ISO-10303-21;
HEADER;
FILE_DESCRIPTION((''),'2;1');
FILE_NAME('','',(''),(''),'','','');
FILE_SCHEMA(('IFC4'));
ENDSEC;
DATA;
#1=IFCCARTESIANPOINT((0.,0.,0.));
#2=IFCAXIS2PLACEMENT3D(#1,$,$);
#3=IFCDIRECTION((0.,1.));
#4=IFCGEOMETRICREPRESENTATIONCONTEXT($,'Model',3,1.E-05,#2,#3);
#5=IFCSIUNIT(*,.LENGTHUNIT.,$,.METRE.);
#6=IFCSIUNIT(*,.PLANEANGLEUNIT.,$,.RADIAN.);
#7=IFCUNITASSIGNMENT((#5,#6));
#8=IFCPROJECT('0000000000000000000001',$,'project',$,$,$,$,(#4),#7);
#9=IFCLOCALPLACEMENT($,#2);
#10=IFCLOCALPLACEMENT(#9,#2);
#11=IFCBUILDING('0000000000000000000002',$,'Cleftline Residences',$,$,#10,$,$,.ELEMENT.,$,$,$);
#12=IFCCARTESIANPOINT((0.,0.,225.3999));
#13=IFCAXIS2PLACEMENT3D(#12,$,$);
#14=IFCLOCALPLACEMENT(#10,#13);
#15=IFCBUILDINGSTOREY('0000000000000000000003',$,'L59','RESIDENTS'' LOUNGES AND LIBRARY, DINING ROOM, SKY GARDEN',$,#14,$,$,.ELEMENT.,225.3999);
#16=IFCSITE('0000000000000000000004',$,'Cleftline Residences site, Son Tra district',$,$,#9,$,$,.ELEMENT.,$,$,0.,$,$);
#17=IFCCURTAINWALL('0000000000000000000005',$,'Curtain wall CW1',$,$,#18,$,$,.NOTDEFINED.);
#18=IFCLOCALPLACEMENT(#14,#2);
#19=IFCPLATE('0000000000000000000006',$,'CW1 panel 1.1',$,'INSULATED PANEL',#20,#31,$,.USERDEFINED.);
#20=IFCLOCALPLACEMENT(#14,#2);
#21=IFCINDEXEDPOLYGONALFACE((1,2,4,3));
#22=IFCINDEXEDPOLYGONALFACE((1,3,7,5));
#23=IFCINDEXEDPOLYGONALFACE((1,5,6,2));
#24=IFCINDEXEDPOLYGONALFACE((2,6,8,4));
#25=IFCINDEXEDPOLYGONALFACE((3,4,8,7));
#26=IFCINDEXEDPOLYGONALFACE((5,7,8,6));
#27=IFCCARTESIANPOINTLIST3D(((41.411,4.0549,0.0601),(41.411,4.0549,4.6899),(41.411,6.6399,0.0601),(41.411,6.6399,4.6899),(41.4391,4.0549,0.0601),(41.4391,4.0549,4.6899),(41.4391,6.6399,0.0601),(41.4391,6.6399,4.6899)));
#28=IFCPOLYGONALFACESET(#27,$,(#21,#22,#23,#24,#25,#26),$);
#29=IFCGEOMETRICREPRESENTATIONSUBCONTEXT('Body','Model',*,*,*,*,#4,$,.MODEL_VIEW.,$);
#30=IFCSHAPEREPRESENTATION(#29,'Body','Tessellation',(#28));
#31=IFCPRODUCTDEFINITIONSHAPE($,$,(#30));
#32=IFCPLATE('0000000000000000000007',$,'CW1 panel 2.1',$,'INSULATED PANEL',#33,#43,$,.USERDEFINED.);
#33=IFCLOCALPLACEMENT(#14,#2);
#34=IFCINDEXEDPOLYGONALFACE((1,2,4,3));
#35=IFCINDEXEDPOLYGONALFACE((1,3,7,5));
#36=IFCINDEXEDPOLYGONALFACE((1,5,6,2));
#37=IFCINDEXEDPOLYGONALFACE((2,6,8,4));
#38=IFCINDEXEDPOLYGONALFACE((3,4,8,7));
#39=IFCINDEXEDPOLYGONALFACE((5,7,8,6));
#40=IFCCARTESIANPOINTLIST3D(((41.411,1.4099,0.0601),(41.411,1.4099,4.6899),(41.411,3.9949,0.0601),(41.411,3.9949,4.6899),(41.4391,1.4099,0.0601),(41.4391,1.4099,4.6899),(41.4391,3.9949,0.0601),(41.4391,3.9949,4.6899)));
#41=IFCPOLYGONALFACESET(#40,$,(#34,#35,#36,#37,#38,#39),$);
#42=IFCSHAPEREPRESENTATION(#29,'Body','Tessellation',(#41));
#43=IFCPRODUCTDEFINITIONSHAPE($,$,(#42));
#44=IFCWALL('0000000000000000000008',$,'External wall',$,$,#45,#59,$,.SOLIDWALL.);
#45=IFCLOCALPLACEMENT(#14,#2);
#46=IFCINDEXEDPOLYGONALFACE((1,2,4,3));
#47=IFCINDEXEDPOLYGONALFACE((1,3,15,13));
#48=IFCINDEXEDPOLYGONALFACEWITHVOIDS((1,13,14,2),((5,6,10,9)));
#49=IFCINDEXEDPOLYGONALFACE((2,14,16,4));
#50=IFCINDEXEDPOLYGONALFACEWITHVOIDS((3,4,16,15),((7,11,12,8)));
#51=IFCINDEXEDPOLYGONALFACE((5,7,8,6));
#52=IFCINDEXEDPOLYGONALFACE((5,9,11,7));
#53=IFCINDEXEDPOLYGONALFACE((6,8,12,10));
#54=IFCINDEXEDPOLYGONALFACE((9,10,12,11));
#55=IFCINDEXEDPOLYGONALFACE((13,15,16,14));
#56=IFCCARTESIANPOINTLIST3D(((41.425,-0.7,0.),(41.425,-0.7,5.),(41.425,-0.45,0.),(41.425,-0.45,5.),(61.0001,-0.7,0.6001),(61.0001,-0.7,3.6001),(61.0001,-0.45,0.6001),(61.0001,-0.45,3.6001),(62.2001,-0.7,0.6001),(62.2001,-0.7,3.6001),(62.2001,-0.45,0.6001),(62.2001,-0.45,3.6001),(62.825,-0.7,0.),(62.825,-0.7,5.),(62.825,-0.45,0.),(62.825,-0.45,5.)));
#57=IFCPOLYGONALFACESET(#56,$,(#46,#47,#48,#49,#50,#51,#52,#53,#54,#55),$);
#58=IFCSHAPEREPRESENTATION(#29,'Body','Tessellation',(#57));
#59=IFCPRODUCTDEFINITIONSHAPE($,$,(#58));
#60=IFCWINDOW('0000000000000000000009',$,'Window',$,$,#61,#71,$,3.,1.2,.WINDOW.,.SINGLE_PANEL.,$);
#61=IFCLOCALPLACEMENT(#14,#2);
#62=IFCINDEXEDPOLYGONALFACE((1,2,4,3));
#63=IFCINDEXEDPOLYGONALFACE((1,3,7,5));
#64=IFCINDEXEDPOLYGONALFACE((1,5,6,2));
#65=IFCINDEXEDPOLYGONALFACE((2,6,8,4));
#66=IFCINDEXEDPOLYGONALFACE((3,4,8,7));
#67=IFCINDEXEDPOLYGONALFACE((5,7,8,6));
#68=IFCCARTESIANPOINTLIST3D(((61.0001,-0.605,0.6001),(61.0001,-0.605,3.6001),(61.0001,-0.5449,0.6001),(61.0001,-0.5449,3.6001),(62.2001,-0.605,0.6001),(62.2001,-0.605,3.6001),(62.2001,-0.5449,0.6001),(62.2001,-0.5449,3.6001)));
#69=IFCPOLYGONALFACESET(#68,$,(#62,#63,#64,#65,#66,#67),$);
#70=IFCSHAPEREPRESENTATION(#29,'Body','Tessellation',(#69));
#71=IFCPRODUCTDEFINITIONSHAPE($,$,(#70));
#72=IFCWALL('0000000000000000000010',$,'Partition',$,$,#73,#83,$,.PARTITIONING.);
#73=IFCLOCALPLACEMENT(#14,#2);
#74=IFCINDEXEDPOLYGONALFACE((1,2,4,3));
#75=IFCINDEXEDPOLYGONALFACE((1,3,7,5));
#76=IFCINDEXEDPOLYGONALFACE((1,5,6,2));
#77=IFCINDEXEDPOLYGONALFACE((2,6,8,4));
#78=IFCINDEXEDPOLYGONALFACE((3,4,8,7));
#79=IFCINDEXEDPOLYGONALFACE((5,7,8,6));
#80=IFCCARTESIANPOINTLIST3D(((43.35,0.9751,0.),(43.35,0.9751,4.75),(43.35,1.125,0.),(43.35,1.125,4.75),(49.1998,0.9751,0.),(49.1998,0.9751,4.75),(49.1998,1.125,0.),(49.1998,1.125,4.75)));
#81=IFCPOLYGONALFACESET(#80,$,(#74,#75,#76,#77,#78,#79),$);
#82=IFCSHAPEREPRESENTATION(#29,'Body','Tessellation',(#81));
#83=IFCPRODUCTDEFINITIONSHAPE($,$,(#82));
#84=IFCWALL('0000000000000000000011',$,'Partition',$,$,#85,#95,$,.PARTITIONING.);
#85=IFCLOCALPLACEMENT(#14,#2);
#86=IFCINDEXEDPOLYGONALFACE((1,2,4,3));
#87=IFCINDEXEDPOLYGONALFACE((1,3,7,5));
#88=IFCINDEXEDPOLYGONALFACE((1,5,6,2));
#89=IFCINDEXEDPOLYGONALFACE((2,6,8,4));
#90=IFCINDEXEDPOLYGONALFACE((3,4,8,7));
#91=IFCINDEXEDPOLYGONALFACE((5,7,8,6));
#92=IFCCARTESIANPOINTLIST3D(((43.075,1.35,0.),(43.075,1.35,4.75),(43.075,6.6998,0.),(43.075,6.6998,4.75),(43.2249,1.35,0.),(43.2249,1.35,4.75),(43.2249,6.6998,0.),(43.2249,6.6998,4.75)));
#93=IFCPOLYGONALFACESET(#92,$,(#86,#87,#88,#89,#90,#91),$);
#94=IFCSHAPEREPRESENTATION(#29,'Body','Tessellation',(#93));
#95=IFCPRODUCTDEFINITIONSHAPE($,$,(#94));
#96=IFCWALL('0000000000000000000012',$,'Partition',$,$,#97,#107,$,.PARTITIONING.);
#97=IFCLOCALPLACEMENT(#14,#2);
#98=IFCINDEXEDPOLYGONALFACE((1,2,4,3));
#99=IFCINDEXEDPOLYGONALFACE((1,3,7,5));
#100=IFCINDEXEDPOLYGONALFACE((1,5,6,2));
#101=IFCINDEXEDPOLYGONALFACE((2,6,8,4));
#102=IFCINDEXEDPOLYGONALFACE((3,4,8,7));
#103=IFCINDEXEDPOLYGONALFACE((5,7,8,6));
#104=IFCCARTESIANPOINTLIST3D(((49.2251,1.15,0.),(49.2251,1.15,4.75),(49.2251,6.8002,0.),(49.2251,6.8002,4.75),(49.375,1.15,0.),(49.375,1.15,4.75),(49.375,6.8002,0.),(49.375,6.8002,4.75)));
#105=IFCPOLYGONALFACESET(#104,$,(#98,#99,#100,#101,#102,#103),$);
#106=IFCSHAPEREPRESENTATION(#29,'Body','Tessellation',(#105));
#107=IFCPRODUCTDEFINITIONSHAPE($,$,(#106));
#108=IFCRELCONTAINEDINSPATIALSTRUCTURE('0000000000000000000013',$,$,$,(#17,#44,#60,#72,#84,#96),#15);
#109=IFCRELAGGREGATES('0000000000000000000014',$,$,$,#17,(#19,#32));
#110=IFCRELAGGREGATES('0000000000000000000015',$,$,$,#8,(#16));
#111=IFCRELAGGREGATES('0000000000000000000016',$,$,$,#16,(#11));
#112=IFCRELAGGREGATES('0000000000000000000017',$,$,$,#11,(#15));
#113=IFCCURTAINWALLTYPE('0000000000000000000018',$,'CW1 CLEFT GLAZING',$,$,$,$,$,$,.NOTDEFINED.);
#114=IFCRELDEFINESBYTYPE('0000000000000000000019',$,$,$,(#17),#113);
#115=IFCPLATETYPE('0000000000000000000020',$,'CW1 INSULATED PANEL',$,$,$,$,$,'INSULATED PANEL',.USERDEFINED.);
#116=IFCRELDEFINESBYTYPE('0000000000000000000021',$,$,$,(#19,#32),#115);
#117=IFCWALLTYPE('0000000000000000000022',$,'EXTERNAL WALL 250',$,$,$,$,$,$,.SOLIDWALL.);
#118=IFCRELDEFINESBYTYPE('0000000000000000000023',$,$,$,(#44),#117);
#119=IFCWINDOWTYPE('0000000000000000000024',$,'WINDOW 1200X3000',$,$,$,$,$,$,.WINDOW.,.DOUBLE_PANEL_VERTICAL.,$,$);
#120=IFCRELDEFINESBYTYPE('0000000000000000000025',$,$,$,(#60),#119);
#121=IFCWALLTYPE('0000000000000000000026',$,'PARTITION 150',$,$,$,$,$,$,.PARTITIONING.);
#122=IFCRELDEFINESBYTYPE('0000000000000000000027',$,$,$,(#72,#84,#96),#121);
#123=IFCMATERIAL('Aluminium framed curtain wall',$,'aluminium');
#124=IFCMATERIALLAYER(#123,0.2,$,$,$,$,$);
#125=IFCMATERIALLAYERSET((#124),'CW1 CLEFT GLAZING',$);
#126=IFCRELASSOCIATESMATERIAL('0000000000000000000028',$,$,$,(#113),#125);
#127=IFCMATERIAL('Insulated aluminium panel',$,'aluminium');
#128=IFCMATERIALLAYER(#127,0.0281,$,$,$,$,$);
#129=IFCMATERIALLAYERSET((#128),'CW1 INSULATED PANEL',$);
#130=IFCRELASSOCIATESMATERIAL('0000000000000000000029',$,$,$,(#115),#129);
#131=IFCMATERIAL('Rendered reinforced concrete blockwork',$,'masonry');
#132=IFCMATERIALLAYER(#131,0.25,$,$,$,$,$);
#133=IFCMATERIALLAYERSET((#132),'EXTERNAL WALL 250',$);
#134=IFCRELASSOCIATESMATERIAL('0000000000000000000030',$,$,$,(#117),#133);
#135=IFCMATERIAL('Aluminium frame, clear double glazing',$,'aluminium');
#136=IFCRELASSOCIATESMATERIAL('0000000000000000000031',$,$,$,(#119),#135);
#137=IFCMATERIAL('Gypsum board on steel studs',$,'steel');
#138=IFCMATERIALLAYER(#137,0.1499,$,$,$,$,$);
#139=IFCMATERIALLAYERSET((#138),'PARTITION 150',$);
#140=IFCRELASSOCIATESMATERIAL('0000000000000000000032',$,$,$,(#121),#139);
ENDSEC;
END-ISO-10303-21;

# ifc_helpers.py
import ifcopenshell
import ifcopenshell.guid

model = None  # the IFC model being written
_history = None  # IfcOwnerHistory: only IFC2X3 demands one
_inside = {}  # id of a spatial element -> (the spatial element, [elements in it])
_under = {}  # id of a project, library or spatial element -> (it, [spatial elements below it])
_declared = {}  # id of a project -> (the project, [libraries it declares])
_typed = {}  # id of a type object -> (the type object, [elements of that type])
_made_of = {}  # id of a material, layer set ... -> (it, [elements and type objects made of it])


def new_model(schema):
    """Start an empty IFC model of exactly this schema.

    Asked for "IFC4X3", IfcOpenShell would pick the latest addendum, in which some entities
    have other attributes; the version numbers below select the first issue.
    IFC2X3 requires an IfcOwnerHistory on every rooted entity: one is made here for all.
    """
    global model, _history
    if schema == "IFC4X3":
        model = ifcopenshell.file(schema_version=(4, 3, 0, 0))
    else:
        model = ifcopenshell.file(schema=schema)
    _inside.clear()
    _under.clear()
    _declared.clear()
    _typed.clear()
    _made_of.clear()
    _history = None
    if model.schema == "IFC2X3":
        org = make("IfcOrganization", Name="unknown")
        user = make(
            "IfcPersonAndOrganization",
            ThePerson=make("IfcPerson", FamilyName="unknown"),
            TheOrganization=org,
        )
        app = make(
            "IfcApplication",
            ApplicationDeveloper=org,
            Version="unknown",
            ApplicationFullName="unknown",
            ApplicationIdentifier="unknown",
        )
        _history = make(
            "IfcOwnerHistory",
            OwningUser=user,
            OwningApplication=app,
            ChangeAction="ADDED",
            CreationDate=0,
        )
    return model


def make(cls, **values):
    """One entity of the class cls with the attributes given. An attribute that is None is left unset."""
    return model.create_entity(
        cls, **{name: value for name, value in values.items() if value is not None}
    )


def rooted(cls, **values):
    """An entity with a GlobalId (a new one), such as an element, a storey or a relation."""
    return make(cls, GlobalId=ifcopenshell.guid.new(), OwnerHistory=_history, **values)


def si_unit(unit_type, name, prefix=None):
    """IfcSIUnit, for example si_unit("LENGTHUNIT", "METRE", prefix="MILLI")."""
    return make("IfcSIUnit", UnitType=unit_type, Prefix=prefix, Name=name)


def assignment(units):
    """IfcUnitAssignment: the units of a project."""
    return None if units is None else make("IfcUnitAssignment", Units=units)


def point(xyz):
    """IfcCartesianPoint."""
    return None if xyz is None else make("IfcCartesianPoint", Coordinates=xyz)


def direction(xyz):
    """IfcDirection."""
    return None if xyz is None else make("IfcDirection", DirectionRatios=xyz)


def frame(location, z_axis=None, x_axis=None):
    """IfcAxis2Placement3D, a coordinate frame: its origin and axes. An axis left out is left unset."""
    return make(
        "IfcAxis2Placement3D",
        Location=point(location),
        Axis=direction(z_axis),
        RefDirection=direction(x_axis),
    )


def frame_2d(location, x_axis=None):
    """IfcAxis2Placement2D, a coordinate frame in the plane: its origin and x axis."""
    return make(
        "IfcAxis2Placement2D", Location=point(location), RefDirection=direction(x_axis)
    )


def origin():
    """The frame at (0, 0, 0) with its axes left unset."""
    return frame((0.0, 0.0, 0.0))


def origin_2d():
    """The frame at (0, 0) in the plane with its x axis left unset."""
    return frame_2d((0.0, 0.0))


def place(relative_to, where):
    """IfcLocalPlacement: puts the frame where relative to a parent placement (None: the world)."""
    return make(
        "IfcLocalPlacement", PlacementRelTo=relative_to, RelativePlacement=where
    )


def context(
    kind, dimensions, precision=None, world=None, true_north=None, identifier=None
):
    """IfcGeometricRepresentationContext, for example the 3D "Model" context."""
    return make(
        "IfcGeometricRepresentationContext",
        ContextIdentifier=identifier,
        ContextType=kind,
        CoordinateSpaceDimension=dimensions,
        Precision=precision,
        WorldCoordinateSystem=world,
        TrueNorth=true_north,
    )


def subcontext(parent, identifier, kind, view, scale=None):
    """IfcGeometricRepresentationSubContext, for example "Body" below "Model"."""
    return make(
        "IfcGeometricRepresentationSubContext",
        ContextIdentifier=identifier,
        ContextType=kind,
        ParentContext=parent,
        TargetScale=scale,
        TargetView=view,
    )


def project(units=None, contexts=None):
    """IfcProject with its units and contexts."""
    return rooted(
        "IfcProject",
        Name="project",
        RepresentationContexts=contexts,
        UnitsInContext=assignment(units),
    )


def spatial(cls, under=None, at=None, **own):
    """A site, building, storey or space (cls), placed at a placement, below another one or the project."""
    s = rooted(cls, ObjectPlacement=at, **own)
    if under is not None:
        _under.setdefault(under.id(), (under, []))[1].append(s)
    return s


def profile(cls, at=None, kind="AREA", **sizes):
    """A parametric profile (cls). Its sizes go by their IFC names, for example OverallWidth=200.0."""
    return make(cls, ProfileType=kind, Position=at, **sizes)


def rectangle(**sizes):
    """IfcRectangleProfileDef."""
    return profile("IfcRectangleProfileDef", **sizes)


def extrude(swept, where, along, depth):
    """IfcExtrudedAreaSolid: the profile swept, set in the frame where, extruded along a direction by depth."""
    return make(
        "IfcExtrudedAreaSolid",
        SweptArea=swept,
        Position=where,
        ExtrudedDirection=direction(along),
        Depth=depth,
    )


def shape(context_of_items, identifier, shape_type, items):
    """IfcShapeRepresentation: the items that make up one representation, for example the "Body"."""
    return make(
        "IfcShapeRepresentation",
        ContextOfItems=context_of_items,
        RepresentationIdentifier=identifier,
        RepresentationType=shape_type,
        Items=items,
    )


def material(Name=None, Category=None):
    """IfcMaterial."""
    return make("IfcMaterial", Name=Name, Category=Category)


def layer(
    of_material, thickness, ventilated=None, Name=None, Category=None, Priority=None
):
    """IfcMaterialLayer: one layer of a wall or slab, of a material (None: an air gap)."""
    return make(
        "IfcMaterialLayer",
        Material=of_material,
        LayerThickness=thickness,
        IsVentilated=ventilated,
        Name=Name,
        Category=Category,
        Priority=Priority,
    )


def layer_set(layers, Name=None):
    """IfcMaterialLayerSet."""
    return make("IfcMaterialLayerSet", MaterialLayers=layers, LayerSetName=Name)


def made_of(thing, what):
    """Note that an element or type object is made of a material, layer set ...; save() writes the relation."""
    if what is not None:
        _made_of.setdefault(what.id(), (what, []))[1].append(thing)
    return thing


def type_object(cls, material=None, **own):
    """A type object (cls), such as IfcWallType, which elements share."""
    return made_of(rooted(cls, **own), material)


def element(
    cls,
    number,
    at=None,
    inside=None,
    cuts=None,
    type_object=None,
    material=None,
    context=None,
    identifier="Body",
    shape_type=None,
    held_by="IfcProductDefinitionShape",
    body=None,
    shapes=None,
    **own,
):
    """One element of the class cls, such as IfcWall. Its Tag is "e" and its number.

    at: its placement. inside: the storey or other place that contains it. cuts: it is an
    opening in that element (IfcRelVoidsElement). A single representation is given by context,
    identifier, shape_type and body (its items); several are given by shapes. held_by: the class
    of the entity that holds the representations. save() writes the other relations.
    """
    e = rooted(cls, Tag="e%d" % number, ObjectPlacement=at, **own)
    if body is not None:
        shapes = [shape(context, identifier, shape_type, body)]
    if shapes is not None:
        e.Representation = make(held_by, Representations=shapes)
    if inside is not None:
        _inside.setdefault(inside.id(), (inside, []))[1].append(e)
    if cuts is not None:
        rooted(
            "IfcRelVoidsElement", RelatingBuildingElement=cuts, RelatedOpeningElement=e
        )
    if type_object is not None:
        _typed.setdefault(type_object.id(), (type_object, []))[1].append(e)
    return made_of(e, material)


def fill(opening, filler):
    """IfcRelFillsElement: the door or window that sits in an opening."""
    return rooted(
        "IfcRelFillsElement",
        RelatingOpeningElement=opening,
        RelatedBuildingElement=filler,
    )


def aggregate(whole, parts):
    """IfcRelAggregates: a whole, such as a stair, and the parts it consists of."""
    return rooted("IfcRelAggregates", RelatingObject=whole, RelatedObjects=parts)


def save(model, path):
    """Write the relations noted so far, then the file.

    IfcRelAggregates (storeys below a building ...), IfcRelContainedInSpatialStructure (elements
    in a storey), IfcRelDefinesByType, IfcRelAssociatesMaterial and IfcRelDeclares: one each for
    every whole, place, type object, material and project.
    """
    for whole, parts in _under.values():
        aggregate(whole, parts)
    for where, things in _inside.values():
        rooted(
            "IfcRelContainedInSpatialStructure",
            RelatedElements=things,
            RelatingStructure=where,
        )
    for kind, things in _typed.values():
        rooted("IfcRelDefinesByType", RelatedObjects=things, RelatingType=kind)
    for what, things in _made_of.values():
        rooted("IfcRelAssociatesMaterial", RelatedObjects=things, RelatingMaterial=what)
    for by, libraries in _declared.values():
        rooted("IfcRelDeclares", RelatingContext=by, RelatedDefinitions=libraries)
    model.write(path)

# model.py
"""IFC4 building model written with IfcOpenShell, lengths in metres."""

from ifc_helpers import new_model, si_unit, direction, frame, frame_2d, origin, origin_2d, place, context, subcontext, project, spatial, rectangle, extrude, material, layer, layer_set, type_object, element, fill, aggregate, save


model = new_model("IFC4")

# Units and contexts
model_context = context("Model", 3, precision=1e-05, world=origin(), true_north=direction((0.0, 1.0)))
body_context = subcontext(model_context, "Body", "Model", "MODEL_VIEW")
ifc_project = project(units=[si_unit("LENGTHUNIT", "METRE"), si_unit("PLANEANGLEUNIT", "RADIAN")], contexts=[model_context])

# Site, building, storey
site_placement = place(None, origin())
site = spatial("IfcSite", under=ifc_project, at=site_placement, Name="Cleftline Residences site, Son Tra district", CompositionType="ELEMENT", RefElevation=0.0)
building_placement = place(site_placement, origin())
building = spatial("IfcBuilding", under=site, at=building_placement, Name="Cleftline Residences", CompositionType="ELEMENT")
storey_placement = place(building_placement, frame((0.0, 0.0, 225.3999)))
storey = spatial("IfcBuildingStorey", under=building, at=storey_placement, Name="L59", Description="RESIDENTS' LOUNGES AND LIBRARY, DINING ROOM, SKY GARDEN", CompositionType="ELEMENT", Elevation=225.3999)

# Curtain wall, plates
ifc_material_1 = material(Name="Aluminium framed curtain wall", Category="aluminium")
ifc_layer_1 = layer(ifc_material_1, 0.2)
ifc_layer_set_1 = layer_set([ifc_layer_1], Name="CW1 CLEFT GLAZING")
curtain_wall_type = type_object("IfcCurtainWallType", Name="CW1 CLEFT GLAZING", PredefinedType="NOTDEFINED", material=ifc_layer_set_1)
curtain_wall_placement = place(storey_placement, origin())
curtain_wall = element("IfcCurtainWall", 1, at=curtain_wall_placement, inside=storey, type_object=curtain_wall_type, Name="Curtain wall CW1", PredefinedType="NOTDEFINED")
ifc_material_2 = material(Name="Insulated aluminium panel", Category="aluminium")
ifc_layer_2 = layer(ifc_material_2, 0.0281)
ifc_layer_set_2 = layer_set([ifc_layer_2], Name="CW1 INSULATED PANEL")
plate_type = type_object("IfcPlateType", Name="CW1 INSULATED PANEL", ElementType="INSULATED PANEL", PredefinedType="USERDEFINED", material=ifc_layer_set_2)
plate_1_placement = place(storey_placement, frame((41.425, 5.3474, 0.0601), z_axis=(0.0, 0.0, 1.0), x_axis=(0.0, -1.0, 0.0)))
plate_1 = element("IfcPlate", 2, at=plate_1_placement, type_object=plate_type, Name="CW1 panel 1.1", ObjectType="INSULATED PANEL", PredefinedType="USERDEFINED", context=body_context, shape_type="SweptSolid", body=[
    extrude(rectangle(XDim=2.585, YDim=0.0281, at=origin_2d()), origin(), (0.0, 0.0, 1.0), 4.6299),
])
plate_2_placement = place(storey_placement, frame((41.425, 2.7024, 0.0601), z_axis=(0.0, 0.0, 1.0), x_axis=(0.0, -1.0, 0.0)))
plate_2 = element("IfcPlate", 3, at=plate_2_placement, type_object=plate_type, Name="CW1 panel 2.1", ObjectType="INSULATED PANEL", PredefinedType="USERDEFINED", context=body_context, shape_type="SweptSolid", body=[
    extrude(rectangle(XDim=2.585, YDim=0.0281, at=origin_2d()), origin(), (0.0, 0.0, 1.0), 4.6299),
])
aggregate(curtain_wall, [plate_1, plate_2])

# Wall, opening, window
ifc_material_3 = material(Name="Rendered reinforced concrete blockwork", Category="masonry")
ifc_layer_3 = layer(ifc_material_3, 0.25)
ifc_layer_set_3 = layer_set([ifc_layer_3], Name="EXTERNAL WALL 250")
wall_type_1 = type_object("IfcWallType", Name="EXTERNAL WALL 250", PredefinedType="SOLIDWALL", material=ifc_layer_set_3)
wall_1_placement = place(storey_placement, frame((41.425, -0.575, 0.0), z_axis=(0.0, 0.0, 1.0), x_axis=(1.0, 0.0, 0.0)))
wall_1 = element("IfcWall", 4, at=wall_1_placement, inside=storey, type_object=wall_type_1, Name="External wall", PredefinedType="SOLIDWALL", context=body_context, shape_type="SweptSolid", body=[
    extrude(rectangle(XDim=21.3999, YDim=0.25, at=frame_2d((10.7, 0.0))), origin(), (0.0, 0.0, 1.0), 5.0),
])
opening_placement = place(wall_1_placement, frame((19.575, 0.0, 0.6001)))
opening = element("IfcOpeningElement", 5, at=opening_placement, cuts=wall_1, PredefinedType="OPENING", context=body_context, shape_type="SweptSolid", body=[
    extrude(rectangle(XDim=1.2, YDim=3.0, at=frame_2d((0.6001, 1.5))), frame((0.0, 0.135, 0.0), z_axis=(0.0, -1.0, 0.0), x_axis=(1.0, 0.0, 0.0)), (0.0, 0.0, 1.0), 0.27),
])
ifc_material_4 = material(Name="Aluminium frame, clear double glazing", Category="aluminium")
window_type = type_object("IfcWindowType", Name="WINDOW 1200X3000", PartitioningType="DOUBLE_PANEL_VERTICAL", PredefinedType="WINDOW", material=ifc_material_4)
window_placement = place(opening_placement, origin())
window = element("IfcWindow", 6, at=window_placement, inside=storey, type_object=window_type, Name="Window", OverallHeight=3.0, OverallWidth=1.2, PartitioningType="SINGLE_PANEL", PredefinedType="WINDOW", context=body_context, shape_type="SweptSolid", body=[
    extrude(rectangle(XDim=1.2, YDim=3.0, at=frame_2d((0.6001, 1.5))), frame((0.0, 0.03, 0.0), z_axis=(0.0, -1.0, 0.0), x_axis=(1.0, 0.0, 0.0)), (0.0, 0.0, 1.0), 0.0601),
])
fill(opening, window)

# Walls
ifc_material_5 = material(Name="Gypsum board on steel studs", Category="steel")
ifc_layer_4 = layer(ifc_material_5, 0.1499)
ifc_layer_set_4 = layer_set([ifc_layer_4], Name="PARTITION 150")
wall_type_2 = type_object("IfcWallType", Name="PARTITION 150", PredefinedType="PARTITIONING", material=ifc_layer_set_4)
wall_2_placement = place(storey_placement, frame((43.3501, 1.05, 0.0), z_axis=(0.0, 0.0, 1.0), x_axis=(1.0, 0.0, 0.0)))
element("IfcWall", 7, at=wall_2_placement, inside=storey, type_object=wall_type_2, Name="Partition", PredefinedType="PARTITIONING", context=body_context, shape_type="SweptSolid", body=[
    extrude(rectangle(XDim=5.8499, YDim=0.1499, at=frame_2d((2.9248, 0.0))), origin(), (0.0, 0.0, 1.0), 4.75),
])
wall_3_placement = place(storey_placement, frame((43.1499, 1.3501, 0.0), z_axis=(0.0, 0.0, 1.0), x_axis=(0.0, 1.0, 0.0)))
element("IfcWall", 8, at=wall_3_placement, inside=storey, type_object=wall_type_2, Name="Partition", PredefinedType="PARTITIONING", context=body_context, shape_type="SweptSolid", body=[
    extrude(rectangle(XDim=5.3499, YDim=0.1499, at=frame_2d((2.6748, 0.0))), origin(), (0.0, 0.0, 1.0), 4.75),
])
wall_4_placement = place(storey_placement, frame((49.3, 1.1499, 0.0), z_axis=(0.0, 0.0, 1.0), x_axis=(0.0, 1.0, 0.0)))
element("IfcWall", 9, at=wall_4_placement, inside=storey, type_object=wall_type_2, Name="Partition", PredefinedType="PARTITIONING", context=body_context, shape_type="SweptSolid", body=[
    extrude(rectangle(XDim=5.6501, YDim=0.1499, at=frame_2d((2.8252, 0.0))), origin(), (0.0, 0.0, 1.0), 4.75),
])

save(model, "model.ifc")
